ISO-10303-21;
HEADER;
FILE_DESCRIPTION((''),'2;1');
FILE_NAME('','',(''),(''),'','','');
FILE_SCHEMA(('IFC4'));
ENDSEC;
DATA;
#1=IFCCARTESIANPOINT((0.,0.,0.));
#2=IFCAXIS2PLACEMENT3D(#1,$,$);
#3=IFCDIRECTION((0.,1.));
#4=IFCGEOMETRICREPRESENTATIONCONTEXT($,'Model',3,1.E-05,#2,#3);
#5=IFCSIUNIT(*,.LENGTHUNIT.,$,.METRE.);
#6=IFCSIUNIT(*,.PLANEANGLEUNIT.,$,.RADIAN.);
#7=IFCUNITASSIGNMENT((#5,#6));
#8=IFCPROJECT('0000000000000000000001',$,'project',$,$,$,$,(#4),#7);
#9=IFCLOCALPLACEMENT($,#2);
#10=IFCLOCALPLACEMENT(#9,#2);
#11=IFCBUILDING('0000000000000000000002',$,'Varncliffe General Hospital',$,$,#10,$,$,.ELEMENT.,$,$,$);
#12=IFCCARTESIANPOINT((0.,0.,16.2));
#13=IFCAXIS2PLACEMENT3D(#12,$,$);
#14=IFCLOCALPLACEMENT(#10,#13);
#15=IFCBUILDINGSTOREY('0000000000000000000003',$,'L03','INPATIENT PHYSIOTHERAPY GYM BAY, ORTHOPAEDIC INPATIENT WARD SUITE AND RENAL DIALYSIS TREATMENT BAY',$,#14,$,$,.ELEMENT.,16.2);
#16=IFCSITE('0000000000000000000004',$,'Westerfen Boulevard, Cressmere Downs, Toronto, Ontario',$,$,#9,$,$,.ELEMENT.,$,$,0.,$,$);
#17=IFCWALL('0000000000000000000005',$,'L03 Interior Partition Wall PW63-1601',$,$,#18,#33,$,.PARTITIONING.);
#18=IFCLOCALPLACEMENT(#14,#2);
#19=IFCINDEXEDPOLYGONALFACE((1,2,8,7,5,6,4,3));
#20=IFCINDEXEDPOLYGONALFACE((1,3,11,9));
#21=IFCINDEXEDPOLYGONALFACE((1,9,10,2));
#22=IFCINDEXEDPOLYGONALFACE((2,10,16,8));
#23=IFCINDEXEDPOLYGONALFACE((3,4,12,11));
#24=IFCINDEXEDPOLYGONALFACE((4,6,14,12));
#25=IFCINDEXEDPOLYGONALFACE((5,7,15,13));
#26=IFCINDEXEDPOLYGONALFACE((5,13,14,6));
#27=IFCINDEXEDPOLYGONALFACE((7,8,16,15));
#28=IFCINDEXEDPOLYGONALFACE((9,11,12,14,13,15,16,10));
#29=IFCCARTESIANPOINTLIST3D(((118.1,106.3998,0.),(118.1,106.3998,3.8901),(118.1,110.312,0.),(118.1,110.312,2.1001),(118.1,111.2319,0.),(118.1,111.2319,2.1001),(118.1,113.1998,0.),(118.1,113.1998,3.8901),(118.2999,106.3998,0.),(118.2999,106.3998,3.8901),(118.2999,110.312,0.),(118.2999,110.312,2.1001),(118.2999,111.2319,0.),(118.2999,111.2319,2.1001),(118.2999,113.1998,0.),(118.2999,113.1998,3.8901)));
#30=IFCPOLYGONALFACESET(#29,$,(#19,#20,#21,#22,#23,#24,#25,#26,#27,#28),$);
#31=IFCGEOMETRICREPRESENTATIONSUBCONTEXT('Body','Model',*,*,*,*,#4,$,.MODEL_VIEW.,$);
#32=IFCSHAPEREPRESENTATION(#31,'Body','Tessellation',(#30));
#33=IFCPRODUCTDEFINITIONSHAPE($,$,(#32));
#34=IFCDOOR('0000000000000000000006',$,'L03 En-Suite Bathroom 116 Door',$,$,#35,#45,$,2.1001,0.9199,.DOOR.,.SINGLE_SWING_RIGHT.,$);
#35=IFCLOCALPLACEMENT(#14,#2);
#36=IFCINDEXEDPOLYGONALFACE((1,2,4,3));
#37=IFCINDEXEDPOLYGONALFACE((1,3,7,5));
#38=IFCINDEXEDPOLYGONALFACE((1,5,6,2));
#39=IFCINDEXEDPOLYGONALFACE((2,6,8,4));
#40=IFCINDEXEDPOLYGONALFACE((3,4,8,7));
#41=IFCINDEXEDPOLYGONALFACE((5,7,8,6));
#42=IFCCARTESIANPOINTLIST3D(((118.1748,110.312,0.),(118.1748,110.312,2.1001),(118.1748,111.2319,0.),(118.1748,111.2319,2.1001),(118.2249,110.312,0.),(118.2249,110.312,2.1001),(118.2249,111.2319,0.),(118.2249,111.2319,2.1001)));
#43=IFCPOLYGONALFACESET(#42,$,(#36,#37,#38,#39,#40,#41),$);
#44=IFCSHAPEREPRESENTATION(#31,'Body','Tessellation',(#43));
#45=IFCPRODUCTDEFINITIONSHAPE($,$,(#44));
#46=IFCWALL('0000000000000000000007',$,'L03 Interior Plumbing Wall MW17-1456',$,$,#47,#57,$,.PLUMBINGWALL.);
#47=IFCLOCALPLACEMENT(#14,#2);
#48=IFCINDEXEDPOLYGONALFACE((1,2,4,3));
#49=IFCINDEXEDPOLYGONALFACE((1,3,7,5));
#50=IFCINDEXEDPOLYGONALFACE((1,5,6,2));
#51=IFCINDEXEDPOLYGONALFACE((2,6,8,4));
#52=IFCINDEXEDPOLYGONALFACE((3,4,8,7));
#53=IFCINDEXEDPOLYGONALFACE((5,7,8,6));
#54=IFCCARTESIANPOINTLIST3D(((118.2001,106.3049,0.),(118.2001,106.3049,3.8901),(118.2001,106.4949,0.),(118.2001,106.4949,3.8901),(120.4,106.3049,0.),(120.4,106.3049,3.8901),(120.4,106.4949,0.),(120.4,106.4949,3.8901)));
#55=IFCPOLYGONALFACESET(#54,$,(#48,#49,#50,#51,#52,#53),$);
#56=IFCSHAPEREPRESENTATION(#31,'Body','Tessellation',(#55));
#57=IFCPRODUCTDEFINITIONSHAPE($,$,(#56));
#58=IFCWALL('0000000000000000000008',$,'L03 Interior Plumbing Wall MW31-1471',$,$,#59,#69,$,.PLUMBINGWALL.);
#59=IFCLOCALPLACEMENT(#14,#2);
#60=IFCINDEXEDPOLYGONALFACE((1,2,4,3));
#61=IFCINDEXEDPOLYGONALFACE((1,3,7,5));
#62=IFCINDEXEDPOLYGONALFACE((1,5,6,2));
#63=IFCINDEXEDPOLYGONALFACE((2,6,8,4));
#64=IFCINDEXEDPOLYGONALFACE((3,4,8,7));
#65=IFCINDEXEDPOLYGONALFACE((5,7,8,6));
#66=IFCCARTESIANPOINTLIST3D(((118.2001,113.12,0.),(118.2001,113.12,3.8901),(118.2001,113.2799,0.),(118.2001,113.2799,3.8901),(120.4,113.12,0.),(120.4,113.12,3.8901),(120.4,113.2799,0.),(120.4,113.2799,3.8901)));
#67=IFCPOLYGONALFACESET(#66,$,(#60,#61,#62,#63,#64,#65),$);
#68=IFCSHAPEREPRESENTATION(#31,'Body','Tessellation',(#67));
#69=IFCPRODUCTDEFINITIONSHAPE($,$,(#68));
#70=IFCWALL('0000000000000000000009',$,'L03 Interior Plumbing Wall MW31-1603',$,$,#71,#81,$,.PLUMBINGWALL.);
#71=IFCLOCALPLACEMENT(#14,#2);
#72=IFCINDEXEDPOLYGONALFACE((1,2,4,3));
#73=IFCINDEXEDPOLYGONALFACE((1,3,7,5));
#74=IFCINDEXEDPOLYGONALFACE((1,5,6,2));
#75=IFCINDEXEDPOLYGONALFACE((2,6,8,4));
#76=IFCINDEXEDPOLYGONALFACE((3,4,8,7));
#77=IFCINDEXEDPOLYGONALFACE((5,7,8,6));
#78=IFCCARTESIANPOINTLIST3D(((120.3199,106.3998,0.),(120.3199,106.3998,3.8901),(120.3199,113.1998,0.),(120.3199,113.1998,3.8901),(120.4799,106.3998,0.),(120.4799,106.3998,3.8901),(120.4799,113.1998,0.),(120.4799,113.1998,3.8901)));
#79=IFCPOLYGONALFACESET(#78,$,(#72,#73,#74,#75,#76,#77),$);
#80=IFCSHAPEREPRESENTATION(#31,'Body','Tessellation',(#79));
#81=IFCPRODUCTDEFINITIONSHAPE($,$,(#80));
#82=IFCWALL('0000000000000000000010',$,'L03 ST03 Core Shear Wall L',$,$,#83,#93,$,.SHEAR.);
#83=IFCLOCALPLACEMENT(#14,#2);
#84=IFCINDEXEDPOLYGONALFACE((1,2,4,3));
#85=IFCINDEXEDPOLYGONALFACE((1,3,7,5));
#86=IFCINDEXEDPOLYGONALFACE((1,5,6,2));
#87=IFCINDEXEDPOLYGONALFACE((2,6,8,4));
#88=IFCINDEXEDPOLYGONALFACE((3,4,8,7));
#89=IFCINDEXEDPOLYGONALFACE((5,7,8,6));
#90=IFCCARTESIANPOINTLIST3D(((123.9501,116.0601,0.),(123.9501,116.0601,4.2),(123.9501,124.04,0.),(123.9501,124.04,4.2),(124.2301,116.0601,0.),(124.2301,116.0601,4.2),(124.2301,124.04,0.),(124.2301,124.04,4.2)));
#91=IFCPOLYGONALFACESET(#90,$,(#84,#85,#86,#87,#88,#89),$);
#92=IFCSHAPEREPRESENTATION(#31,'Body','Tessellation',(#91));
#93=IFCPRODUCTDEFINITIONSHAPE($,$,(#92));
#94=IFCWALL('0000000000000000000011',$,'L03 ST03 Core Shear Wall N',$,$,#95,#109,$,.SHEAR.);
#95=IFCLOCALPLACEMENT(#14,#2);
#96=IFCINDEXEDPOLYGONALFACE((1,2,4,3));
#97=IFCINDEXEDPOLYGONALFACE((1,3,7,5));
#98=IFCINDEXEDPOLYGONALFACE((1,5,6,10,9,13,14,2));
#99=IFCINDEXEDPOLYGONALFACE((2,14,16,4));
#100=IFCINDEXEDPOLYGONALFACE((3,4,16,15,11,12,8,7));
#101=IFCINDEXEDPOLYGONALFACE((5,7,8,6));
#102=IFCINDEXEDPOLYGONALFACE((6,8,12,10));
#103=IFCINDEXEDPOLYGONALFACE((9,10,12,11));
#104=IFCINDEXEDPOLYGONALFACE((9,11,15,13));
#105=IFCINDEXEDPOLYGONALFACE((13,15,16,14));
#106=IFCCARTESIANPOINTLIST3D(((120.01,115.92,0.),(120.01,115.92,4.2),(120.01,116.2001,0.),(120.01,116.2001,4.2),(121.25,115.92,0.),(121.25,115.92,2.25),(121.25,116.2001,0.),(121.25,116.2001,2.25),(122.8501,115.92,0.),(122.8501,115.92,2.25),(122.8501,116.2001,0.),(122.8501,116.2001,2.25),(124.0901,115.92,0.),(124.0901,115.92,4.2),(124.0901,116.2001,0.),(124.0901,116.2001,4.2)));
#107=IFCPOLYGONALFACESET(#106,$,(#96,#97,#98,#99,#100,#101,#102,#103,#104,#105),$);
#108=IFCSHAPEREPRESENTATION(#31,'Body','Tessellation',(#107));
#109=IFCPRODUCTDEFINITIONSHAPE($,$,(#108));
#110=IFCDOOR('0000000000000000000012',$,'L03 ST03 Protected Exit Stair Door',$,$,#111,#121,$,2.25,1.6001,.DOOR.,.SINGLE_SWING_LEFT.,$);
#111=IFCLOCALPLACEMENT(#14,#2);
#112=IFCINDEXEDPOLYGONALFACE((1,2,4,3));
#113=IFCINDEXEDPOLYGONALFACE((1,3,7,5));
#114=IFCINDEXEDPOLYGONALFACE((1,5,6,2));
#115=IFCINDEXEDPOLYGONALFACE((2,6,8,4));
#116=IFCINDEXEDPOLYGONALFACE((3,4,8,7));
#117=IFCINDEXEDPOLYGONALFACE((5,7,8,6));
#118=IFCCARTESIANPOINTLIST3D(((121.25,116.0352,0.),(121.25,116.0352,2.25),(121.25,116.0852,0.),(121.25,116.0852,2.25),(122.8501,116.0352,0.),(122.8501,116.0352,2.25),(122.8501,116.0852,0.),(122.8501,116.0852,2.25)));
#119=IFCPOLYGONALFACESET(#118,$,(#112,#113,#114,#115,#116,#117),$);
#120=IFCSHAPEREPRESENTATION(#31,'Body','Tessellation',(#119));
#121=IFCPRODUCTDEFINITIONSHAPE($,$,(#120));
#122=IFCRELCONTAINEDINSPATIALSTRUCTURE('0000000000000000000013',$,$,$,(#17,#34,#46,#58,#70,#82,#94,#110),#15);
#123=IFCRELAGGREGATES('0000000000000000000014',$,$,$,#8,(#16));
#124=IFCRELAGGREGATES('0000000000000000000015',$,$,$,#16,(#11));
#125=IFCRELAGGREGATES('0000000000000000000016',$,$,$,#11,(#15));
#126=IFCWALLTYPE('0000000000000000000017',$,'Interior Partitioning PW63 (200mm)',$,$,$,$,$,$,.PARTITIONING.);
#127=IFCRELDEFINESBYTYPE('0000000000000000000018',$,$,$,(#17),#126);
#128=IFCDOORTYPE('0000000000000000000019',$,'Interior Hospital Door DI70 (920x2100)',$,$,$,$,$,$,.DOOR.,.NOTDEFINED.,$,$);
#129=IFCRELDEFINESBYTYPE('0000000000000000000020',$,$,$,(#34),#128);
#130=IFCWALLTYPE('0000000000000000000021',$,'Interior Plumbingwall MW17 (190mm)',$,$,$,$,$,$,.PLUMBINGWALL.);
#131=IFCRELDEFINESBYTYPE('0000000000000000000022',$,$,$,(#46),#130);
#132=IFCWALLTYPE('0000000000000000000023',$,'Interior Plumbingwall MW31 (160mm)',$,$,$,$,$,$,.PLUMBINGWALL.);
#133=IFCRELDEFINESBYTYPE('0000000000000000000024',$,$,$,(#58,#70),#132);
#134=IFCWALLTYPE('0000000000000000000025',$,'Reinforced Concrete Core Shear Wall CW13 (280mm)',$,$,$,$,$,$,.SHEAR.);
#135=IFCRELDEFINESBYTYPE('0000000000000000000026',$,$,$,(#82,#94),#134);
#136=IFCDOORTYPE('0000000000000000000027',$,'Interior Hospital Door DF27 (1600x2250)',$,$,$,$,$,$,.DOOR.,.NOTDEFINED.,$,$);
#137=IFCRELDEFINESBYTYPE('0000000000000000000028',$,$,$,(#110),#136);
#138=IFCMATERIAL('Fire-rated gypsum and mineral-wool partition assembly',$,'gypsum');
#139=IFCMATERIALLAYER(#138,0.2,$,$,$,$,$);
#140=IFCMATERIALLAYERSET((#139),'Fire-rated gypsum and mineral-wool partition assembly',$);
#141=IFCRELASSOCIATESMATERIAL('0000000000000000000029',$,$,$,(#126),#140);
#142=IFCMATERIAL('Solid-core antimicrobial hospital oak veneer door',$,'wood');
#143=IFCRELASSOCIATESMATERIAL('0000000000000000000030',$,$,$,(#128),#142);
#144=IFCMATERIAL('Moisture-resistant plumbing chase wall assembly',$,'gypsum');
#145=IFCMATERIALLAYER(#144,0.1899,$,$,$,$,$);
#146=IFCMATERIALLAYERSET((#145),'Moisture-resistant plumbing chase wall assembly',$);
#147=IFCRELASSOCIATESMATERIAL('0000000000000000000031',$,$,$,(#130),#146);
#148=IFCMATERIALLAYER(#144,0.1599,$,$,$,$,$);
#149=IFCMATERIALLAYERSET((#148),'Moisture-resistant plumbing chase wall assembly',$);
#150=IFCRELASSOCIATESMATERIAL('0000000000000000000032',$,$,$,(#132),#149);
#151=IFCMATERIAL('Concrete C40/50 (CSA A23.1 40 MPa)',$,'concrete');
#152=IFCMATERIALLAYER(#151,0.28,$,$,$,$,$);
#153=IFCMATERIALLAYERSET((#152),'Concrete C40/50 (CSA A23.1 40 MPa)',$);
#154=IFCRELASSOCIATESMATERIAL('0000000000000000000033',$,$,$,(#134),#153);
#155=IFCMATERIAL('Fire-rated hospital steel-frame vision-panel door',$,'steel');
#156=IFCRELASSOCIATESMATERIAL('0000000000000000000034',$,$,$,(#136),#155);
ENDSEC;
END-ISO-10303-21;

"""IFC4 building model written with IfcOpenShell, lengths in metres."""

from ifc_helpers import new_model, si_unit, direction, frame, frame_2d, origin, place, context, subcontext, project, spatial, rectangle, extrude, material, layer, layer_set, type_object, element, fill, save


model = new_model("IFC4")

# Units and contexts
model_context = context("Model", 3, precision=1e-05, world=origin(), true_north=direction((0.0, 1.0)))
body_context = subcontext(model_context, "Body", "Model", "MODEL_VIEW")
ifc_project = project(units=[si_unit("LENGTHUNIT", "METRE"), si_unit("PLANEANGLEUNIT", "RADIAN")], contexts=[model_context])

# Site, building, storey
site_placement = place(None, origin())
site = spatial("IfcSite", under=ifc_project, at=site_placement, Name="Westerfen Boulevard, Cressmere Downs, Toronto, Ontario", CompositionType="ELEMENT", RefElevation=0.0)
building_placement = place(site_placement, origin())
building = spatial("IfcBuilding", under=site, at=building_placement, Name="Varncliffe General Hospital", CompositionType="ELEMENT")
storey_placement = place(building_placement, frame((0.0, 0.0, 16.2)))
storey = spatial("IfcBuildingStorey", under=building, at=storey_placement, Name="L03", Description="INPATIENT PHYSIOTHERAPY GYM BAY, ORTHOPAEDIC INPATIENT WARD SUITE AND RENAL DIALYSIS TREATMENT BAY", CompositionType="ELEMENT", Elevation=16.2)

# Shared definitions
ifc_material_1 = material(Name="Concrete C40/50 (CSA A23.1 40 MPa)", Category="concrete")

# Wall, opening, door
ifc_material_2 = material(Name="Fire-rated gypsum and mineral-wool partition assembly", Category="gypsum")
ifc_layer_1 = layer(ifc_material_2, 0.2)
ifc_layer_set_1 = layer_set([ifc_layer_1], Name="Fire-rated gypsum and mineral-wool partition assembly")
wall_type_1 = type_object("IfcWallType", Name="Interior Partitioning PW63 (200mm)", PredefinedType="PARTITIONING", material=ifc_layer_set_1)
ifc_material_3 = material(Name="Fire-rated hospital steel-frame vision-panel door", Category="steel")
wall_1_placement = place(storey_placement, frame((118.2, 106.3999, 0.0), z_axis=(0.0, 0.0, 1.0), x_axis=(0.0, 1.0, 0.0)))
wall_1 = element("IfcWall", 1, at=wall_1_placement, inside=storey, type_object=wall_type_1, Name="L03 Interior Partition Wall PW63-1601", PredefinedType="PARTITIONING", context=body_context, shape_type="SweptSolid", body=[
    extrude(rectangle(XDim=6.8, YDim=0.2, at=frame_2d((3.3999, 0.0))), origin(), (0.0, 0.0, 1.0), 3.8901),
])
opening_1_placement = place(wall_1_placement, frame((3.9121, 0.0, 0.0)))
opening_1 = element("IfcOpeningElement", 2, at=opening_1_placement, cuts=wall_1, PredefinedType="OPENING", context=body_context, shape_type="SweptSolid", body=[
    extrude(rectangle(XDim=0.9199, YDim=2.1001, at=frame_2d((0.46, 1.05))), frame((0.0, 0.1099, 0.0), z_axis=(0.0, -1.0, 0.0), x_axis=(1.0, 0.0, 0.0)), (0.0, 0.0, 1.0), 0.22),
])
ifc_material_4 = material(Name="Solid-core antimicrobial hospital oak veneer door", Category="wood")
door_type_1 = type_object("IfcDoorType", Name="Interior Hospital Door DI70 (920x2100)", OperationType="NOTDEFINED", PredefinedType="DOOR", material=ifc_material_4)
door_1_placement = place(opening_1_placement, frame((0.9199, 0.0, 0.0), z_axis=(0.0, 0.0, 1.0), x_axis=(-1.0, 0.0, 0.0)))
door_1 = element("IfcDoor", 3, at=door_1_placement, inside=storey, type_object=door_type_1, Name="L03 En-Suite Bathroom 116 Door", OperationType="SINGLE_SWING_RIGHT", OverallHeight=2.1001, OverallWidth=0.9199, PredefinedType="DOOR", context=body_context, shape_type="SweptSolid", body=[
    extrude(rectangle(XDim=0.9199, YDim=2.1001, at=frame_2d((0.46, 1.05))), frame((0.0, 0.0249, 0.0), z_axis=(0.0, -1.0, 0.0), x_axis=(1.0, 0.0, 0.0)), (0.0, 0.0, 1.0), 0.05),
])
fill(opening_1, door_1)

# Walls
ifc_material_5 = material(Name="Moisture-resistant plumbing chase wall assembly", Category="gypsum")
ifc_layer_2 = layer(ifc_material_5, 0.1899)
ifc_layer_set_2 = layer_set([ifc_layer_2], Name="Moisture-resistant plumbing chase wall assembly")
wall_type_2 = type_object("IfcWallType", Name="Interior Plumbingwall MW17 (190mm)", PredefinedType="PLUMBINGWALL", material=ifc_layer_set_2)
wall_2_placement = place(storey_placement, frame((118.2, 106.3999, 0.0), z_axis=(0.0, 0.0, 1.0), x_axis=(1.0, 0.0, 0.0)))
element("IfcWall", 4, at=wall_2_placement, inside=storey, type_object=wall_type_2, Name="L03 Interior Plumbing Wall MW17-1456", PredefinedType="PLUMBINGWALL", context=body_context, shape_type="SweptSolid", body=[
    extrude(rectangle(XDim=2.2, YDim=0.1899, at=frame_2d((1.1001, 0.0))), origin(), (0.0, 0.0, 1.0), 3.8901),
])
ifc_layer_3 = layer(ifc_material_5, 0.1599)
ifc_layer_set_3 = layer_set([ifc_layer_3], Name="Moisture-resistant plumbing chase wall assembly")
wall_type_3 = type_object("IfcWallType", Name="Interior Plumbingwall MW31 (160mm)", PredefinedType="PLUMBINGWALL", material=ifc_layer_set_3)
wall_3_placement = place(storey_placement, frame((118.2, 113.2, 0.0), z_axis=(0.0, 0.0, 1.0), x_axis=(1.0, 0.0, 0.0)))
element("IfcWall", 5, at=wall_3_placement, inside=storey, type_object=wall_type_3, Name="L03 Interior Plumbing Wall MW31-1471", PredefinedType="PLUMBINGWALL", context=body_context, shape_type="SweptSolid", body=[
    extrude(rectangle(XDim=2.2, YDim=0.1599, at=frame_2d((1.1001, 0.0))), origin(), (0.0, 0.0, 1.0), 3.8901),
])
wall_4_placement = place(storey_placement, frame((120.3999, 106.3999, 0.0), z_axis=(0.0, 0.0, 1.0), x_axis=(0.0, 1.0, 0.0)))
element("IfcWall", 6, at=wall_4_placement, inside=storey, type_object=wall_type_3, Name="L03 Interior Plumbing Wall MW31-1603", PredefinedType="PLUMBINGWALL", context=body_context, shape_type="SweptSolid", body=[
    extrude(rectangle(XDim=6.8, YDim=0.1599, at=frame_2d((3.3999, 0.0))), origin(), (0.0, 0.0, 1.0), 3.8901),
])
ifc_layer_4 = layer(ifc_material_1, 0.28)
ifc_layer_set_4 = layer_set([ifc_layer_4], Name="Concrete C40/50 (CSA A23.1 40 MPa)")
wall_type_4 = type_object("IfcWallType", Name="Reinforced Concrete Core Shear Wall CW13 (280mm)", PredefinedType="SHEAR", material=ifc_layer_set_4)
wall_5_placement = place(storey_placement, frame((124.0901, 116.0601, 0.0), z_axis=(0.0, 0.0, 1.0), x_axis=(0.0, 1.0, 0.0)))
element("IfcWall", 7, at=wall_5_placement, inside=storey, type_object=wall_type_4, Name="L03 ST03 Core Shear Wall L", PredefinedType="SHEAR", context=body_context, shape_type="SweptSolid", body=[
    extrude(rectangle(XDim=7.98, YDim=0.28, at=frame_2d((3.99, 0.0))), origin(), (0.0, 0.0, 1.0), 4.2),
])

# Wall, opening, door
wall_6_placement = place(storey_placement, frame((120.01, 116.0601, 0.0), z_axis=(0.0, 0.0, 1.0), x_axis=(1.0, 0.0, 0.0)))
wall_6 = element("IfcWall", 8, at=wall_6_placement, inside=storey, type_object=wall_type_4, Name="L03 ST03 Core Shear Wall N", PredefinedType="SHEAR", context=body_context, shape_type="SweptSolid", body=[
    extrude(rectangle(XDim=4.0801, YDim=0.28, at=frame_2d((2.04, 0.0))), origin(), (0.0, 0.0, 1.0), 4.2),
])
opening_2_placement = place(wall_6_placement, frame((1.24, 0.0, 0.0)))
opening_2 = element("IfcOpeningElement", 9, at=opening_2_placement, cuts=wall_6, PredefinedType="OPENING", context=body_context, shape_type="SweptSolid", body=[
    extrude(rectangle(XDim=1.6001, YDim=2.25, at=frame_2d((0.8, 1.125))), frame((0.0, 0.1499, 0.0), z_axis=(0.0, -1.0, 0.0), x_axis=(1.0, 0.0, 0.0)), (0.0, 0.0, 1.0), 0.3),
])
door_type_2 = type_object("IfcDoorType", Name="Interior Hospital Door DF27 (1600x2250)", OperationType="NOTDEFINED", PredefinedType="DOOR", material=ifc_material_3)
door_2_placement = place(opening_2_placement, frame((1.6001, 0.0, 0.0), z_axis=(0.0, 0.0, 1.0), x_axis=(-1.0, 0.0, 0.0)))
door_2 = element("IfcDoor", 10, at=door_2_placement, inside=storey, type_object=door_type_2, Name="L03 ST03 Protected Exit Stair Door", OperationType="SINGLE_SWING_LEFT", OverallHeight=2.25, OverallWidth=1.6001, PredefinedType="DOOR", context=body_context, shape_type="SweptSolid", body=[
    extrude(rectangle(XDim=1.6001, YDim=2.25, at=frame_2d((0.8, 1.125))), frame((0.0, 0.0249, 0.0), z_axis=(0.0, -1.0, 0.0), x_axis=(1.0, 0.0, 0.0)), (0.0, 0.0, 1.0), 0.05),
])
fill(opening_2, door_2)

save(model, "model.ifc")
